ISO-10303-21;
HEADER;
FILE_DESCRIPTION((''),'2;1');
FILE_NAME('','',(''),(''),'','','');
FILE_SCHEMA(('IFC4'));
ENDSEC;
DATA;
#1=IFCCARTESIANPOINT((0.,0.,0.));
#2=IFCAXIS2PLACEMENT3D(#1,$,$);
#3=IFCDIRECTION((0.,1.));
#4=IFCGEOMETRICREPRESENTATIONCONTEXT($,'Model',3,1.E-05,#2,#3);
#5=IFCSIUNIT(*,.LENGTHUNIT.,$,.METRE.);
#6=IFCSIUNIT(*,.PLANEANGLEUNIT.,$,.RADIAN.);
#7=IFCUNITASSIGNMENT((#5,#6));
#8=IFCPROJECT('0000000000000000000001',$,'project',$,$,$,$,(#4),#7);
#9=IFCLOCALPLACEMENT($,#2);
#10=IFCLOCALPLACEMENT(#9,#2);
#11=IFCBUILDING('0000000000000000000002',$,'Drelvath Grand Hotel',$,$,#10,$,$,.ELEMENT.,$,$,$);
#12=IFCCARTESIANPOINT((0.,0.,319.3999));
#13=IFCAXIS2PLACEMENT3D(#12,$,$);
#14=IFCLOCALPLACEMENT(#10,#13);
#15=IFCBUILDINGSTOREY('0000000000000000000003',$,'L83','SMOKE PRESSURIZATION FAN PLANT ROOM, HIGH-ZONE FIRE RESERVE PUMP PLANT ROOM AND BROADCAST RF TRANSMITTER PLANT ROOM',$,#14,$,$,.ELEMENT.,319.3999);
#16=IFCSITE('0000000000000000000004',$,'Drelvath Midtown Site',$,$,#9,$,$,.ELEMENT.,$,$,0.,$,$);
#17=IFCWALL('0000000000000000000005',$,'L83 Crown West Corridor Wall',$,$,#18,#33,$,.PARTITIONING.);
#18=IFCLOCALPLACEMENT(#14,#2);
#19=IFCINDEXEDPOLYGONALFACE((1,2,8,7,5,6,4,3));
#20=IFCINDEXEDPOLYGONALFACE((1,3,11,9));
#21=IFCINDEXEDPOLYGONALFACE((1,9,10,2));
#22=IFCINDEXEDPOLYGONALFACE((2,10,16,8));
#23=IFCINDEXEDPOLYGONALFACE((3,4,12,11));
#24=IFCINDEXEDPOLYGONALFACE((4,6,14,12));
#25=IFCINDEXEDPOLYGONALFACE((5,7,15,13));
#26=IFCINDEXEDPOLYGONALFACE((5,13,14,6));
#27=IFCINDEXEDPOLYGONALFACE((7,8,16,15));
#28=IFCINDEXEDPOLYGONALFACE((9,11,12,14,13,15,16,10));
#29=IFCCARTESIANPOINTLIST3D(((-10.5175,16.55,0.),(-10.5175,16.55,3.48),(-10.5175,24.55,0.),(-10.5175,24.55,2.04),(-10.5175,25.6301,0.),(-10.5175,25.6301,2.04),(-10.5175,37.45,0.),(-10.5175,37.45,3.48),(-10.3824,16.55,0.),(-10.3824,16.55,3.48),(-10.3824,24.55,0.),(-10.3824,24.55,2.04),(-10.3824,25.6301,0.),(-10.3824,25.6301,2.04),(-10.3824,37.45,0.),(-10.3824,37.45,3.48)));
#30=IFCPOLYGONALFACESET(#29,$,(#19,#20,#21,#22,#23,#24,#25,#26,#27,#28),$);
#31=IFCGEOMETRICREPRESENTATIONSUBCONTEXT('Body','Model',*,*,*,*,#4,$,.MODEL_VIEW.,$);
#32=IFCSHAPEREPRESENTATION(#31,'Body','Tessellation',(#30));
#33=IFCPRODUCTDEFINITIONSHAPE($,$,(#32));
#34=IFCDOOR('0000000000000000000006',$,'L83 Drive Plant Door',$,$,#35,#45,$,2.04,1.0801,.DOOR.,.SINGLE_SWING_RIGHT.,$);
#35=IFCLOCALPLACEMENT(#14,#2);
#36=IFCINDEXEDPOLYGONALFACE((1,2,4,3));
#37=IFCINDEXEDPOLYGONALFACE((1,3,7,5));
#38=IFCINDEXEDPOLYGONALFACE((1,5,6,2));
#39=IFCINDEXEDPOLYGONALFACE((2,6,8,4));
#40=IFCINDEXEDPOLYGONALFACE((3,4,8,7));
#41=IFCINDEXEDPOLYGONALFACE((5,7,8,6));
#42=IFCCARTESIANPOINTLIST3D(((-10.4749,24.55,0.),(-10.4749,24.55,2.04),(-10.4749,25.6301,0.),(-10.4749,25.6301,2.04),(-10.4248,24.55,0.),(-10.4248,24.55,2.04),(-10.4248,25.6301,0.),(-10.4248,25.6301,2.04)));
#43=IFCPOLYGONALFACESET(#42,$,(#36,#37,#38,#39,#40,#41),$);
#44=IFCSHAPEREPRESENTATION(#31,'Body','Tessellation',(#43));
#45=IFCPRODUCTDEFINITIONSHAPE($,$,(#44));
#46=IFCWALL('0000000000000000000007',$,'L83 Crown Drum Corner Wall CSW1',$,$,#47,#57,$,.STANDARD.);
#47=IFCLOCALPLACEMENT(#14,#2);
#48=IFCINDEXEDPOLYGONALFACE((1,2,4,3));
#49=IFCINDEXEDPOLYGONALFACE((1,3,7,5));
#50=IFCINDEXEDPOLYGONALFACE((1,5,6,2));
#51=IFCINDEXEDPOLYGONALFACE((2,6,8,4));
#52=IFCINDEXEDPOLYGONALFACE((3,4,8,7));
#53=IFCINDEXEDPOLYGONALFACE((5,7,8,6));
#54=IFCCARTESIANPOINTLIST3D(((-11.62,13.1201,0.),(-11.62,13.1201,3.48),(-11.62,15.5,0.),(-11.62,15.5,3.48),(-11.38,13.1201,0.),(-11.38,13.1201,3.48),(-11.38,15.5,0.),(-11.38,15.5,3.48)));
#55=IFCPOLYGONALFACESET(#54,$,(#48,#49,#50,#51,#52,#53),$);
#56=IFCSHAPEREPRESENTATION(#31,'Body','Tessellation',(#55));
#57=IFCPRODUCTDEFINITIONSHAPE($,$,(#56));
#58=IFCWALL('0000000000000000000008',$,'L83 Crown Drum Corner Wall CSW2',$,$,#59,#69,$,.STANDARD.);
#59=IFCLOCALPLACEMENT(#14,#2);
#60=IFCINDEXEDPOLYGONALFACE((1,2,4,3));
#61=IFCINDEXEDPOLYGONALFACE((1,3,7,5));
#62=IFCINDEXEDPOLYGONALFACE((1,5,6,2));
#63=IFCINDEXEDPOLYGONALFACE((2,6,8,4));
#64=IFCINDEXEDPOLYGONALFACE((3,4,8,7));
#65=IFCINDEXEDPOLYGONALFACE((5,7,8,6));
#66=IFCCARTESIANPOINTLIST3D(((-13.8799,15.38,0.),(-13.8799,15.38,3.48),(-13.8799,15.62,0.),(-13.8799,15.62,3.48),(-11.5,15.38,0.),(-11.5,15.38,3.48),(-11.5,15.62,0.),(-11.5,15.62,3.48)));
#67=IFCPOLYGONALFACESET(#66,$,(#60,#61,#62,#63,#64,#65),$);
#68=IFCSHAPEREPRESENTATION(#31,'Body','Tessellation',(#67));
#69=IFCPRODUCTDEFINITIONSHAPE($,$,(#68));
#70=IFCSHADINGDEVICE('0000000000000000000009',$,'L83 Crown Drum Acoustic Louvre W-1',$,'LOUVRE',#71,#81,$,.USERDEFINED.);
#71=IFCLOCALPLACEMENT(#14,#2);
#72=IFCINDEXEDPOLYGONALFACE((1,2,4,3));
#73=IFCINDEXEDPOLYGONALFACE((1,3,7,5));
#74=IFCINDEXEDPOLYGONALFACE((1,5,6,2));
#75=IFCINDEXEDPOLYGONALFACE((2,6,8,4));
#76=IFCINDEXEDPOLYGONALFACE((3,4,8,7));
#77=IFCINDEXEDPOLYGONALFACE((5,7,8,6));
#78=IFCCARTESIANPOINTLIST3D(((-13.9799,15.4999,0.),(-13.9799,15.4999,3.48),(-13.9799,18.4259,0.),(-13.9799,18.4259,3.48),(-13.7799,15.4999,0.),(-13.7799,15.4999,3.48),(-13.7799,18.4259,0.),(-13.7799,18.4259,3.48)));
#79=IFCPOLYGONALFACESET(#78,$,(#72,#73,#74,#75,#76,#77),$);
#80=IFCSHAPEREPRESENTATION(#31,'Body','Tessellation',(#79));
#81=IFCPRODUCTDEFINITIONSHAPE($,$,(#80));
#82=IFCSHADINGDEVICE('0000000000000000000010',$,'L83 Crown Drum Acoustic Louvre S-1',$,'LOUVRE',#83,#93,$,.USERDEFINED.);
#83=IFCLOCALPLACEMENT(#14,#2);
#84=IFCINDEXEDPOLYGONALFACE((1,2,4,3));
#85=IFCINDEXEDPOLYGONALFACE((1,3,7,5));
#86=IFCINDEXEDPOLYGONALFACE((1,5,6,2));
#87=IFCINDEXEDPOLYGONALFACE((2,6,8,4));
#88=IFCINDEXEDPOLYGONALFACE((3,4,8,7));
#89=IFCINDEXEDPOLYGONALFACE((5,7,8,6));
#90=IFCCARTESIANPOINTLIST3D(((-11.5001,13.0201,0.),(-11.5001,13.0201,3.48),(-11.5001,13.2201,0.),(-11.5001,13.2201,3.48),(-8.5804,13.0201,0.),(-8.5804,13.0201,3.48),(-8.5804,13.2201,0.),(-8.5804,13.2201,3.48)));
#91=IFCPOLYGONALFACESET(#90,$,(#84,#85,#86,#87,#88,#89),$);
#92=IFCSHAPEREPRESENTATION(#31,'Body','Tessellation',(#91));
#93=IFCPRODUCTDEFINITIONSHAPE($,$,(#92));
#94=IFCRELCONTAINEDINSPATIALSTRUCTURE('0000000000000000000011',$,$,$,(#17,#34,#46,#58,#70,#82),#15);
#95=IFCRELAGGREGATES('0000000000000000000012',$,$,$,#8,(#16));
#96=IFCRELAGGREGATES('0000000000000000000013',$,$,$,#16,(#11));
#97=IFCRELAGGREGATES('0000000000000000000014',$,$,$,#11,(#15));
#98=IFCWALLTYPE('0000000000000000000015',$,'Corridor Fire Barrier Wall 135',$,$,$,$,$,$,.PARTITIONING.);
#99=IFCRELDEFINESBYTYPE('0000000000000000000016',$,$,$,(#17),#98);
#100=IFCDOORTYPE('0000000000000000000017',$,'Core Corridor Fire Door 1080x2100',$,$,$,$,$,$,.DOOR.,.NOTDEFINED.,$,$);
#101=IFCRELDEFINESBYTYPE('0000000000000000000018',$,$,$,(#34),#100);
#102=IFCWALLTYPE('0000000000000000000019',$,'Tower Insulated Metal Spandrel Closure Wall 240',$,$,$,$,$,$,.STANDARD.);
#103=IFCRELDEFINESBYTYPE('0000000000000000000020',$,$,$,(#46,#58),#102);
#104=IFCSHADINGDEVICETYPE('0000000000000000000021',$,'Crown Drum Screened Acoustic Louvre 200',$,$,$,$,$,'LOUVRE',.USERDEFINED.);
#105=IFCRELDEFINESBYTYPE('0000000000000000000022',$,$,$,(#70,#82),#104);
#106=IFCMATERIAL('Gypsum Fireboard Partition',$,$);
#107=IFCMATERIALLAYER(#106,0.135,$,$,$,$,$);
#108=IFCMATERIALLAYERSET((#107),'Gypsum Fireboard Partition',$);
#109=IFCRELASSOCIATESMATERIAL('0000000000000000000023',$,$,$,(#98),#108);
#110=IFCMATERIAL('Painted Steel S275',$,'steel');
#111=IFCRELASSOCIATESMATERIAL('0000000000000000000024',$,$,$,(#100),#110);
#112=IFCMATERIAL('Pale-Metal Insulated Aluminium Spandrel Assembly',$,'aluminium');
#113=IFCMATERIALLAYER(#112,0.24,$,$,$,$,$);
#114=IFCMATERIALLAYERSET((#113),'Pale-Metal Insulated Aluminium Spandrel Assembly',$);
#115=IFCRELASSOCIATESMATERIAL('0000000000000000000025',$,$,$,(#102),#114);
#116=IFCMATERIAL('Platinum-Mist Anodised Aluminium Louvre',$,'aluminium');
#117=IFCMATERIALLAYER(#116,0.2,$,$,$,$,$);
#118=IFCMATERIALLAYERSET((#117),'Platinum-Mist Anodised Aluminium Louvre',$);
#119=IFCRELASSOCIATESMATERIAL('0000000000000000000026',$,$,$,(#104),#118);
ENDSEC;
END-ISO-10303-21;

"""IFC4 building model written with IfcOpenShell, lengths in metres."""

from ifc_helpers import new_model, si_unit, direction, frame, frame_2d, origin, origin_2d, place, context, subcontext, project, spatial, rectangle, extrude, material, layer, layer_set, type_object, element, fill, save


model = new_model("IFC4")

# Units and contexts
model_context = context("Model", 3, precision=1e-05, world=origin(), true_north=direction((0.0, 1.0)))
body_context = subcontext(model_context, "Body", "Model", "MODEL_VIEW")
ifc_project = project(units=[si_unit("LENGTHUNIT", "METRE"), si_unit("PLANEANGLEUNIT", "RADIAN")], contexts=[model_context])

# Site, building, storey
site_placement = place(None, origin())
site = spatial("IfcSite", under=ifc_project, at=site_placement, Name="Drelvath Midtown Site", CompositionType="ELEMENT", RefElevation=0.0)
building_placement = place(site_placement, origin())
building = spatial("IfcBuilding", under=site, at=building_placement, Name="Drelvath Grand Hotel", CompositionType="ELEMENT")
storey_placement = place(building_placement, frame((0.0, 0.0, 319.3999)))
storey = spatial("IfcBuildingStorey", under=building, at=storey_placement, Name="L83", Description="SMOKE PRESSURIZATION FAN PLANT ROOM, HIGH-ZONE FIRE RESERVE PUMP PLANT ROOM AND BROADCAST RF TRANSMITTER PLANT ROOM", CompositionType="ELEMENT", Elevation=319.3999)

# Shared definitions
ifc_material_1 = material(Name="Gypsum Fireboard Partition")
ifc_layer_1 = layer(ifc_material_1, 0.135)
ifc_layer_set_1 = layer_set([ifc_layer_1], Name="Gypsum Fireboard Partition")
wall_type_1 = type_object("IfcWallType", Name="Corridor Fire Barrier Wall 135", PredefinedType="PARTITIONING", material=ifc_layer_set_1)
ifc_material_2 = material(Name="Painted Steel S275", Category="steel")
door_type = type_object("IfcDoorType", Name="Core Corridor Fire Door 1080x2100", OperationType="NOTDEFINED", PredefinedType="DOOR", material=ifc_material_2)

# Wall, opening, door
wall_1_placement = place(storey_placement, frame((-10.45, 16.55, 0.0), z_axis=(0.0, 0.0, 1.0), x_axis=(0.0, 1.0, 0.0)))
wall_1 = element("IfcWall", 1, at=wall_1_placement, inside=storey, type_object=wall_type_1, Name="L83 Crown West Corridor Wall", PredefinedType="PARTITIONING", context=body_context, shape_type="SweptSolid", body=[
    extrude(rectangle(XDim=20.8999, YDim=0.135, at=frame_2d((10.45, 0.0))), origin(), (0.0, 0.0, 1.0), 3.48),
])
opening_1_placement = place(wall_1_placement, frame((8.0, 0.0, 0.0)))
opening_1 = element("IfcOpeningElement", 2, at=opening_1_placement, cuts=wall_1, PredefinedType="OPENING", context=body_context, shape_type="SweptSolid", body=[
    extrude(rectangle(XDim=1.0801, YDim=2.04, at=frame_2d((0.54, 1.02))), frame((0.0, 0.0774, 0.0), z_axis=(0.0, -1.0, 0.0), x_axis=(1.0, 0.0, 0.0)), (0.0, 0.0, 1.0), 0.155),
])
door_1_placement = place(opening_1_placement, origin())
door_1 = element("IfcDoor", 3, at=door_1_placement, inside=storey, type_object=door_type, Name="L83 Drive Plant Door", OperationType="SINGLE_SWING_RIGHT", OverallHeight=2.04, OverallWidth=1.0801, PredefinedType="DOOR", context=body_context, shape_type="SweptSolid", body=[
    extrude(rectangle(XDim=1.0801, YDim=2.04, at=frame_2d((0.54, 1.02))), frame((0.0, 0.0249, 0.0), z_axis=(0.0, -1.0, 0.0), x_axis=(1.0, 0.0, 0.0)), (0.0, 0.0, 1.0), 0.05),
])
fill(opening_1, door_1)

# Walls
ifc_material_3 = material(Name="Pale-Metal Insulated Aluminium Spandrel Assembly", Category="aluminium")
ifc_layer_2 = layer(ifc_material_3, 0.24)
ifc_layer_set_2 = layer_set([ifc_layer_2], Name="Pale-Metal Insulated Aluminium Spandrel Assembly")
wall_type_2 = type_object("IfcWallType", Name="Tower Insulated Metal Spandrel Closure Wall 240", PredefinedType="STANDARD", material=ifc_layer_set_2)
for number, where, z_axis, x_axis, name in (
    (4, (-11.5, 13.1201, 0.0), (0.0, 0.0, 1.0), (0.0, 1.0, 0.0), "L83 Crown Drum Corner Wall CSW1"),
    (5, (-11.5, 15.5, 0.0), (0.0, 0.0, 1.0), (-1.0, 0.0, 0.0), "L83 Crown Drum Corner Wall CSW2"),
):
    element("IfcWall", number, at=place(storey_placement, frame(where, z_axis=z_axis, x_axis=x_axis)), inside=storey, type_object=wall_type_2, Name=name, PredefinedType="STANDARD", context=body_context, shape_type="SweptSolid", body=[
        extrude(rectangle(XDim=2.3799, YDim=0.24, at=frame_2d((1.1899, 0.0))), origin(), (0.0, 0.0, 1.0), 3.48),
    ])

# Shading devices
ifc_material_4 = material(Name="Platinum-Mist Anodised Aluminium Louvre", Category="aluminium")
ifc_layer_3 = layer(ifc_material_4, 0.2)
ifc_layer_set_3 = layer_set([ifc_layer_3], Name="Platinum-Mist Anodised Aluminium Louvre")
shading_device_type = type_object("IfcShadingDeviceType", Name="Crown Drum Screened Acoustic Louvre 200", ElementType="LOUVRE", PredefinedType="USERDEFINED", material=ifc_layer_set_3)
shading_device_1_placement = place(storey_placement, frame((-13.8799, 16.9629, 0.0), z_axis=(0.0, 0.0, 1.0), x_axis=(0.0, 1.0, 0.0)))
element("IfcShadingDevice", 6, at=shading_device_1_placement, inside=storey, type_object=shading_device_type, Name="L83 Crown Drum Acoustic Louvre W-1", ObjectType="LOUVRE", PredefinedType="USERDEFINED", context=body_context, shape_type="SweptSolid", body=[
    extrude(rectangle(XDim=2.926, YDim=0.2, at=origin_2d()), origin(), (0.0, 0.0, 1.0), 3.48),
])
shading_device_2_placement = place(storey_placement, frame((-10.0403, 13.1201, 0.0), z_axis=(0.0, 0.0, 1.0), x_axis=(1.0, 0.0, 0.0)))
element("IfcShadingDevice", 7, at=shading_device_2_placement, inside=storey, type_object=shading_device_type, Name="L83 Crown Drum Acoustic Louvre S-1", ObjectType="LOUVRE", PredefinedType="USERDEFINED", context=body_context, shape_type="SweptSolid", body=[
    extrude(rectangle(XDim=2.9197, YDim=0.2, at=origin_2d()), origin(), (0.0, 0.0, 1.0), 3.48),
])

save(model, "model.ifc")
